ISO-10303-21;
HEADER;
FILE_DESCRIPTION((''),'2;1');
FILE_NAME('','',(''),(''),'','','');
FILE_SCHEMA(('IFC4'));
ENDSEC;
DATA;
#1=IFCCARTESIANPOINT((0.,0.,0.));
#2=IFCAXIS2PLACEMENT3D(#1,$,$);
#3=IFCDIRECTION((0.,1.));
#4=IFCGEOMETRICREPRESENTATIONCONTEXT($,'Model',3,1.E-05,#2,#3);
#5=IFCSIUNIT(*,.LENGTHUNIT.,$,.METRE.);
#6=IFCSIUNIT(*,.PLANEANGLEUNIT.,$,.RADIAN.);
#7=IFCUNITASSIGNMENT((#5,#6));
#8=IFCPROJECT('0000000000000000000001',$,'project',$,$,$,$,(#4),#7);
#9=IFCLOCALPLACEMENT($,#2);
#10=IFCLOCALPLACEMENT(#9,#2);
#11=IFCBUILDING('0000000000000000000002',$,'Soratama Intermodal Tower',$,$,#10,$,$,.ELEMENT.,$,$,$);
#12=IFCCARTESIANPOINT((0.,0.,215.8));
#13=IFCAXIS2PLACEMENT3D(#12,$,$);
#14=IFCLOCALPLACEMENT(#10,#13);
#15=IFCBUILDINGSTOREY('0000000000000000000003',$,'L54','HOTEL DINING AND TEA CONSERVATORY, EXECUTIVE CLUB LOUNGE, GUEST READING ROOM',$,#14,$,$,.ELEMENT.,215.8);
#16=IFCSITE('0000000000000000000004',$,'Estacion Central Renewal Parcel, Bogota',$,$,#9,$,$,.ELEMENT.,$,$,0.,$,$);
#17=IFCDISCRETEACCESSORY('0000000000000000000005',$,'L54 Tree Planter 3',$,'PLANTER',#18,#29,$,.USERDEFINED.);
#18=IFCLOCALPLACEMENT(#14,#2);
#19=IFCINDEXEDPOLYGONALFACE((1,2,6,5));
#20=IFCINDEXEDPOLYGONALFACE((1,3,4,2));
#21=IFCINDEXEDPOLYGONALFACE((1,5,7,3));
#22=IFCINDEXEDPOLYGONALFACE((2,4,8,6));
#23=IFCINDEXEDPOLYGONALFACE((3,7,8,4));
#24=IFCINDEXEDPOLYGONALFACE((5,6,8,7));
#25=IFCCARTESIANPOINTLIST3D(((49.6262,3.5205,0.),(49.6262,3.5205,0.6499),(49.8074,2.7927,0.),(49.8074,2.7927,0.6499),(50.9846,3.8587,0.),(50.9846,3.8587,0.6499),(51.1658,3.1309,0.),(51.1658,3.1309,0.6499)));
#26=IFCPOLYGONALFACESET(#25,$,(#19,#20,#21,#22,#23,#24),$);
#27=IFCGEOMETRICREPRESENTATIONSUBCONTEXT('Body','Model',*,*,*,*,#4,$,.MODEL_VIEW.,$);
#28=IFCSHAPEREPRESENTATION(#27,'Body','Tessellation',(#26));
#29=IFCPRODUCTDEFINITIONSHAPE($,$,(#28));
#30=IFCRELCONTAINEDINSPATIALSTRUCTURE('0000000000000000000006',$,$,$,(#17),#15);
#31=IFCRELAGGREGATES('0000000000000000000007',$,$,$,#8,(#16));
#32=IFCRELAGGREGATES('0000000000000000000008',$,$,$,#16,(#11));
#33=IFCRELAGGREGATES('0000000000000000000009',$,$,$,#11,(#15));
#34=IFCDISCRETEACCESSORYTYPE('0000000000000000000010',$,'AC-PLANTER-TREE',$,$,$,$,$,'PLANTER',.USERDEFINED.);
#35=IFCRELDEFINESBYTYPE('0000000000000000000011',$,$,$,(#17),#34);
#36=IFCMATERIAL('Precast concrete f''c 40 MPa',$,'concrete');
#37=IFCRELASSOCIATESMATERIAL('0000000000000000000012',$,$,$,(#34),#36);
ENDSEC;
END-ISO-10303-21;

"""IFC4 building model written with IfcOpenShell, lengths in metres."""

from ifc_helpers import new_model, si_unit, direction, frame, origin, origin_2d, place, context, subcontext, project, spatial, rectangle, extrude, material, type_object, element, save


model = new_model("IFC4")

# Units and contexts
model_context = context("Model", 3, precision=1e-05, world=origin(), true_north=direction((0.0, 1.0)))
body_context = subcontext(model_context, "Body", "Model", "MODEL_VIEW")
ifc_project = project(units=[si_unit("LENGTHUNIT", "METRE"), si_unit("PLANEANGLEUNIT", "RADIAN")], contexts=[model_context])

# Site, building, storey
site_placement = place(None, origin())
site = spatial("IfcSite", under=ifc_project, at=site_placement, Name="Estacion Central Renewal Parcel, Bogota", CompositionType="ELEMENT", RefElevation=0.0)
building_placement = place(site_placement, origin())
building = spatial("IfcBuilding", under=site, at=building_placement, Name="Soratama Intermodal Tower", CompositionType="ELEMENT")
storey_placement = place(building_placement, frame((0.0, 0.0, 215.8)))
storey = spatial("IfcBuildingStorey", under=building, at=storey_placement, Name="L54", Description="HOTEL DINING AND TEA CONSERVATORY, EXECUTIVE CLUB LOUNGE, GUEST READING ROOM", CompositionType="ELEMENT", Elevation=215.8)

# Discrete accessory
ifc_material_1 = material(Name="Precast concrete f'c 40 MPa", Category="concrete")
discrete_accessory_type = type_object("IfcDiscreteAccessoryType", Name="AC-PLANTER-TREE", ElementType="PLANTER", PredefinedType="USERDEFINED", material=ifc_material_1)
discrete_accessory_placement = place(storey_placement, frame((50.396, 3.3257, 0.0), z_axis=(0.0, 0.0, 1.0), x_axis=(0.241583, -0.97038, 0.0)))
element("IfcDiscreteAccessory", 1, at=discrete_accessory_placement, inside=storey, type_object=discrete_accessory_type, Name="L54 Tree Planter 3", ObjectType="PLANTER", PredefinedType="USERDEFINED", context=body_context, shape_type="SweptSolid", body=[
    extrude(rectangle(XDim=0.75, YDim=1.3999, at=origin_2d()), origin(), (0.0, 0.0, 1.0), 0.6499),
])

save(model, "model.ifc")
